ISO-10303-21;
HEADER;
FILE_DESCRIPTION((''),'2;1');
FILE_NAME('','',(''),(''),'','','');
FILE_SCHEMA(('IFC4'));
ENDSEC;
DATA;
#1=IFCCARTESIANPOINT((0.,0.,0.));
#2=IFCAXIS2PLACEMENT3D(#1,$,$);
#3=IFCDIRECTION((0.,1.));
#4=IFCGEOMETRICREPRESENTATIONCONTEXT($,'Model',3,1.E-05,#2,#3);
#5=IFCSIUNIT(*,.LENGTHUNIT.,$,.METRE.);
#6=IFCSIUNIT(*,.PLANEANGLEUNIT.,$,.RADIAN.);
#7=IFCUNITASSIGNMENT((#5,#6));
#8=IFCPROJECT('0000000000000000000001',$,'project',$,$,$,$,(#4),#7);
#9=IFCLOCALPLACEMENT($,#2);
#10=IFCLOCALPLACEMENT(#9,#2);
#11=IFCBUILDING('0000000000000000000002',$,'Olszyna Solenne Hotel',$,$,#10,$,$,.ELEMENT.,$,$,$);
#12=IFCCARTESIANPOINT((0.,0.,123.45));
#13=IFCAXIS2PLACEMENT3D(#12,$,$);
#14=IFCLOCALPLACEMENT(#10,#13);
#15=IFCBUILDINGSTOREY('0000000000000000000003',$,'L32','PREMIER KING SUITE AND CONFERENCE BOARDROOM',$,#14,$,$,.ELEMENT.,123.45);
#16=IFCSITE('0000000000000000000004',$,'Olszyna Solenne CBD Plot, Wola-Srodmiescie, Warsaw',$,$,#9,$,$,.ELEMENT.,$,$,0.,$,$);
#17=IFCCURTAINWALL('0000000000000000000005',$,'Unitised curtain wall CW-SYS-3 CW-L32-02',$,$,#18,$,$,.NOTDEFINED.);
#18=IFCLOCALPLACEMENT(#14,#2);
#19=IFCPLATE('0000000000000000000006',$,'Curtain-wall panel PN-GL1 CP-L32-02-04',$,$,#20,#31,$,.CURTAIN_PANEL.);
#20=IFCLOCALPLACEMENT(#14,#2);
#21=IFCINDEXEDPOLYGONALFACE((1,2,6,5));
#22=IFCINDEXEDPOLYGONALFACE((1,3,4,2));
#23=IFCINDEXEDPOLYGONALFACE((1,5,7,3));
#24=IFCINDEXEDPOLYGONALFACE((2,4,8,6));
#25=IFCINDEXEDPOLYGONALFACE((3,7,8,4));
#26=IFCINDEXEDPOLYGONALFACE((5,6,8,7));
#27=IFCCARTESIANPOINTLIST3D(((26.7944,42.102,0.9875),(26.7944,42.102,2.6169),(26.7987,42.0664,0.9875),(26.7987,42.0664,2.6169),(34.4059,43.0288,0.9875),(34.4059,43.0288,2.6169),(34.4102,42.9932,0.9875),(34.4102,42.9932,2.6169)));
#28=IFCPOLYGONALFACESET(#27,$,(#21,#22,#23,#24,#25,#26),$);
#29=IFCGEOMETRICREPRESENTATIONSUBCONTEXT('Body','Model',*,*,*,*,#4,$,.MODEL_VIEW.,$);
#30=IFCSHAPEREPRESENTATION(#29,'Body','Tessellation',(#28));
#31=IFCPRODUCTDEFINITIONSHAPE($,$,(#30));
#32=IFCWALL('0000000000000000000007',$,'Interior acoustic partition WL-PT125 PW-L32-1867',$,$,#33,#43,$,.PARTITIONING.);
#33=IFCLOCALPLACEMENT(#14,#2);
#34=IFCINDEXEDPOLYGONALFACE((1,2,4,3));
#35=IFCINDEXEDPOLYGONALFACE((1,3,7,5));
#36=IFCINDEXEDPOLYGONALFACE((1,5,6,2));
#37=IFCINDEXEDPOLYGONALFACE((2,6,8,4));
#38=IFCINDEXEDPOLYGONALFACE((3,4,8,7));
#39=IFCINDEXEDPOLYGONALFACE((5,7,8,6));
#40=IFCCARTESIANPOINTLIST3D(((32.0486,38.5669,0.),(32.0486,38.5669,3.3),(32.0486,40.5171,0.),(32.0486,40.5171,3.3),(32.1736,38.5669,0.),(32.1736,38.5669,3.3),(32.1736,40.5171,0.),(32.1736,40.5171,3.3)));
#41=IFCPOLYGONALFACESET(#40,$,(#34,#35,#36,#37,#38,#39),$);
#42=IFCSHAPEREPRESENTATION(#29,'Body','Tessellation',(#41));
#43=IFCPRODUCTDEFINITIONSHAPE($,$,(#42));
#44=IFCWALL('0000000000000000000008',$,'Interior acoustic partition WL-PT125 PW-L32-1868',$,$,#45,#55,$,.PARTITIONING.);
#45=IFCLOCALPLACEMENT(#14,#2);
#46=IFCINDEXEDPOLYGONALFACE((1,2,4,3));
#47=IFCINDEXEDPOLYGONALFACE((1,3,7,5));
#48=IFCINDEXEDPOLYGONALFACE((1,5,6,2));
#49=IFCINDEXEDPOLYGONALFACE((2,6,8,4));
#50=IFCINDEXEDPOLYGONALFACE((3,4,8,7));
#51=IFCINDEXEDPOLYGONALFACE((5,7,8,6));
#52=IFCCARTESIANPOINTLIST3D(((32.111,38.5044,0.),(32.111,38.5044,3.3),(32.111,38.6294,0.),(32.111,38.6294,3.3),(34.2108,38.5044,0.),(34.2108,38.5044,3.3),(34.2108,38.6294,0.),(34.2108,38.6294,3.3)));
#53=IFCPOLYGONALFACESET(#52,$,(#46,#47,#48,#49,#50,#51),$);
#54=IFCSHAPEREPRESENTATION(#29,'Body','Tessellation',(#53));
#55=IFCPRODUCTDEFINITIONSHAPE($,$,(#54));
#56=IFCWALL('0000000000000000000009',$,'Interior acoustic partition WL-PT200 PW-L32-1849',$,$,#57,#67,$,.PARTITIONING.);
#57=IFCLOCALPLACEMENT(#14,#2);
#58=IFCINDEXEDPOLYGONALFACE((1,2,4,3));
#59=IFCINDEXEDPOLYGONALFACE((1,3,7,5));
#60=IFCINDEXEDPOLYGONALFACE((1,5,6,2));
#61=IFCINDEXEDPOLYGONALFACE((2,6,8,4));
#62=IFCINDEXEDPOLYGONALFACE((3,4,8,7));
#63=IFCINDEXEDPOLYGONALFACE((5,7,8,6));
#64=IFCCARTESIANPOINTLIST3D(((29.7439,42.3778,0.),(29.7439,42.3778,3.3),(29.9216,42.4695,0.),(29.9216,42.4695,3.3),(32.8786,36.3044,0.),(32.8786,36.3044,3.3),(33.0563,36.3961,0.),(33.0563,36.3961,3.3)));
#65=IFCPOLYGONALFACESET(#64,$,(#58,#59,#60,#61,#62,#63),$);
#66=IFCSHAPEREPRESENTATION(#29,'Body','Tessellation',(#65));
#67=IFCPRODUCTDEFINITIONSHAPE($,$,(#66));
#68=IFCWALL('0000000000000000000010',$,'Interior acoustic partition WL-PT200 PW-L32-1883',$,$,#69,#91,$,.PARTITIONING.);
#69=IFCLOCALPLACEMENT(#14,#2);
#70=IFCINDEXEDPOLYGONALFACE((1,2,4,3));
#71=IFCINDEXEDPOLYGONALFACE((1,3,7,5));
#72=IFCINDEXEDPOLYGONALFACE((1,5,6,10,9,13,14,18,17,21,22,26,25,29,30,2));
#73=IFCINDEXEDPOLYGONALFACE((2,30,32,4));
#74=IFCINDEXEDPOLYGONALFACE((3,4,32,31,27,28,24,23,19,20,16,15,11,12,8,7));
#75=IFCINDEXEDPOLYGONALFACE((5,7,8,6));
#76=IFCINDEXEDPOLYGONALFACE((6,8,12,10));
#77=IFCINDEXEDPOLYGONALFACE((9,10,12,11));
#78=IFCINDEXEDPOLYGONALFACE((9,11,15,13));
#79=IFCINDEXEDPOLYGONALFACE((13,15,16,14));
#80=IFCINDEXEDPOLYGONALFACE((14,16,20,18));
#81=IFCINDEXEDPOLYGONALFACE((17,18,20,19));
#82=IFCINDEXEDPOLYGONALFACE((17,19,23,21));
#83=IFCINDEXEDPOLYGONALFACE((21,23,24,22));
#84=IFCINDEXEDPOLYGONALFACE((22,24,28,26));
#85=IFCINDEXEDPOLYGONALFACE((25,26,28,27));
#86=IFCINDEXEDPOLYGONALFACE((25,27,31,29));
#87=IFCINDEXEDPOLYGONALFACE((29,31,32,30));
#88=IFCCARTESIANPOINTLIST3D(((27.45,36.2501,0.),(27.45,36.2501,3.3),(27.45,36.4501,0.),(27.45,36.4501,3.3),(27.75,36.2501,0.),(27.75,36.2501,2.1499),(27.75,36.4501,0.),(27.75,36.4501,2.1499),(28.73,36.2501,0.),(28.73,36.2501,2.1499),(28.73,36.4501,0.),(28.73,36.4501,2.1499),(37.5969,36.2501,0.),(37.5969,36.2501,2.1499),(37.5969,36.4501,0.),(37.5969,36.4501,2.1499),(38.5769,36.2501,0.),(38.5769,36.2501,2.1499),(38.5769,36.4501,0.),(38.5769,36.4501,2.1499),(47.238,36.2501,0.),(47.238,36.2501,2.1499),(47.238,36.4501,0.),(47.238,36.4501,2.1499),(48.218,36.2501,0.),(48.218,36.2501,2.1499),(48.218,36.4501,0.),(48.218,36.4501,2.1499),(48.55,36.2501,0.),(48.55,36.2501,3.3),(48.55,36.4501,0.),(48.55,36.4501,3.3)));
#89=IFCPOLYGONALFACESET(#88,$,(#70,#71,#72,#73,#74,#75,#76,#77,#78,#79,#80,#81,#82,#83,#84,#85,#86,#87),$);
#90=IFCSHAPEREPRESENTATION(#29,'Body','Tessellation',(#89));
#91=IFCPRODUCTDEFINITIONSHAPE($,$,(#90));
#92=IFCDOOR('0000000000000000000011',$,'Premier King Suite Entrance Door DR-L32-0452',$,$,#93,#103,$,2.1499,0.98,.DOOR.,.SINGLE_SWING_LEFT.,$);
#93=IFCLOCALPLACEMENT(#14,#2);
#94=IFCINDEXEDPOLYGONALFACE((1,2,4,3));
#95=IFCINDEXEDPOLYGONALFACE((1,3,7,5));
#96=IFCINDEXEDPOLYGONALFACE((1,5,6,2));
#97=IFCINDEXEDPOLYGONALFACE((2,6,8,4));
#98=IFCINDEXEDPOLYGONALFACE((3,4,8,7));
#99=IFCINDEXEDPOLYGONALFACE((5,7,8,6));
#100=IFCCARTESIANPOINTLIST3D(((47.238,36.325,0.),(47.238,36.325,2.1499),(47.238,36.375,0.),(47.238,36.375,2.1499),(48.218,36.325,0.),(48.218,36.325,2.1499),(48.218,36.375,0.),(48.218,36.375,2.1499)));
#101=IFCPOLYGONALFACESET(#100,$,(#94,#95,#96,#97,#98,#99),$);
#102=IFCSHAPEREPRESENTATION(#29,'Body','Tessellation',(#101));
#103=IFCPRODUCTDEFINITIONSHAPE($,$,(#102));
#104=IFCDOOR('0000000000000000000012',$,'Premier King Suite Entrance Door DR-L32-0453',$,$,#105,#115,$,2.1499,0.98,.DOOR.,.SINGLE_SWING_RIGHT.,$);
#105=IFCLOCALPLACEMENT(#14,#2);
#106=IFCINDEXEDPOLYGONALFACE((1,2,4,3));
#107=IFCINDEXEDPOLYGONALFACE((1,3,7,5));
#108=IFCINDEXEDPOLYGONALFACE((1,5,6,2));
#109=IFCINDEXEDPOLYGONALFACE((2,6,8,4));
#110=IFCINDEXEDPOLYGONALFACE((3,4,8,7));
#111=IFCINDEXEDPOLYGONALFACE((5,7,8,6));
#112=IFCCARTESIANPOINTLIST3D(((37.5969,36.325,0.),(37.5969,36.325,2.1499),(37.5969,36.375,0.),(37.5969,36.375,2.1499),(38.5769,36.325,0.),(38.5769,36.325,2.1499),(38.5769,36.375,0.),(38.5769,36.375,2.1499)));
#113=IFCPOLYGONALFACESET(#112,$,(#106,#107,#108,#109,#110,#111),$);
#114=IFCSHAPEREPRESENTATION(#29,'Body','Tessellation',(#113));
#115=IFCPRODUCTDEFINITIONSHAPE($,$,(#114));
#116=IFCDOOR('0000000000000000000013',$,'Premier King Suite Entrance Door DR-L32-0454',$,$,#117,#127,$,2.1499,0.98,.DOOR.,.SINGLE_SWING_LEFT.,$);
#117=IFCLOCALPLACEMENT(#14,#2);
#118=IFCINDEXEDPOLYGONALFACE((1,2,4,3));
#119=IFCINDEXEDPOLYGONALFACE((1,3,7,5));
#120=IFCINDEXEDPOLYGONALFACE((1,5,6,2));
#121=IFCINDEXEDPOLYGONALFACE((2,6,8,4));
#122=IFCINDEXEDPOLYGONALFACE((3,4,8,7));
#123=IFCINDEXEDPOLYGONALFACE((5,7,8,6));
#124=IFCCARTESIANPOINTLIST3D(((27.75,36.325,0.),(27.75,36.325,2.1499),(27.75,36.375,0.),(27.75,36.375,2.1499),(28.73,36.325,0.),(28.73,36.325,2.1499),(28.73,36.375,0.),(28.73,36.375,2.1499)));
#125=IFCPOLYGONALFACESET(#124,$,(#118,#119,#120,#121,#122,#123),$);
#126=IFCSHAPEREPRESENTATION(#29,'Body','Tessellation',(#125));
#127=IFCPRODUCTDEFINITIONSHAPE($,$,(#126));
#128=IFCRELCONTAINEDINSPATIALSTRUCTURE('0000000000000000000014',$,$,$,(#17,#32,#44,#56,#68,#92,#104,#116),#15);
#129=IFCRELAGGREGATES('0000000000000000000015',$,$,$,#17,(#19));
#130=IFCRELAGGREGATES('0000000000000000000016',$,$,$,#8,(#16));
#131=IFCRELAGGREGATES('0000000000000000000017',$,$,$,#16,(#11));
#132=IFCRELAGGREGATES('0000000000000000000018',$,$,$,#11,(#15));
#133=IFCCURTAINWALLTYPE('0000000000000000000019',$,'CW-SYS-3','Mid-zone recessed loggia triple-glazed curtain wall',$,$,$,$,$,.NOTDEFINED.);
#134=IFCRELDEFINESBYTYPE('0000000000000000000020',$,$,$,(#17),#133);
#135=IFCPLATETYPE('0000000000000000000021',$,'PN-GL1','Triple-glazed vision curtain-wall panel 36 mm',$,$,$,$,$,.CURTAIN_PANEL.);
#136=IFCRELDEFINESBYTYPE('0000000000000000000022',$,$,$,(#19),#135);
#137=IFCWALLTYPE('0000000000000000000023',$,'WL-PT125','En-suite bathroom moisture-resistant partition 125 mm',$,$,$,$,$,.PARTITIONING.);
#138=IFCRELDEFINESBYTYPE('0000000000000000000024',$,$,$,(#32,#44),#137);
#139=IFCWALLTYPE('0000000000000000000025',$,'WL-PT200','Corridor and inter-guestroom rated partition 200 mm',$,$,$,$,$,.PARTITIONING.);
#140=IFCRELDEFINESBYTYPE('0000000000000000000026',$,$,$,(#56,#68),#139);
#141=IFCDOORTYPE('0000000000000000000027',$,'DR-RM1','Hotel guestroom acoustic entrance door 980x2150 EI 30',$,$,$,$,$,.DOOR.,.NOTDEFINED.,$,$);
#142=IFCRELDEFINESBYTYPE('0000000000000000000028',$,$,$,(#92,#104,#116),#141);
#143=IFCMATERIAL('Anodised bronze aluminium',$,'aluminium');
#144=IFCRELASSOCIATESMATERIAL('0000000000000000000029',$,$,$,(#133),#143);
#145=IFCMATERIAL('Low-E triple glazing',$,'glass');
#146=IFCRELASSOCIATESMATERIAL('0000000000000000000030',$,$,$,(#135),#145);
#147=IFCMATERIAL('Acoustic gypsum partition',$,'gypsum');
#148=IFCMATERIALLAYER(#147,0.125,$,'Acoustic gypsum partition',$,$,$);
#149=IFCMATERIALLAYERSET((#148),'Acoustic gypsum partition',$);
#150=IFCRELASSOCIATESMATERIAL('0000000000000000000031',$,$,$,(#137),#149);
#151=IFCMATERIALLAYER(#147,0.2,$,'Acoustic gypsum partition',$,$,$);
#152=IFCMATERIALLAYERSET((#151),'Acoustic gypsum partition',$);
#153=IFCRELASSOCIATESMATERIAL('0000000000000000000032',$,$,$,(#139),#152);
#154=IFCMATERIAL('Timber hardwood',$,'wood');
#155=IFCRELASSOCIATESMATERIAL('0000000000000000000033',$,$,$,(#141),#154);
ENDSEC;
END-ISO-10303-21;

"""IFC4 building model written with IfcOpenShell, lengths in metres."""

from ifc_helpers import new_model, si_unit, direction, frame, frame_2d, origin, origin_2d, place, context, subcontext, project, spatial, rectangle, extrude, source, transform, mapped, material, layer, layer_set, type_object, type_shapes, element, fill, aggregate, save


model = new_model("IFC4")

# Units and contexts
model_context = context("Model", 3, precision=1e-05, world=origin(), true_north=direction((0.0, 1.0)))
body_context = subcontext(model_context, "Body", "Model", "MODEL_VIEW")
ifc_project = project(units=[si_unit("LENGTHUNIT", "METRE"), si_unit("PLANEANGLEUNIT", "RADIAN")], contexts=[model_context])

# Site, building, storey
site_placement = place(None, origin())
site = spatial("IfcSite", under=ifc_project, at=site_placement, Name="Olszyna Solenne CBD Plot, Wola-Srodmiescie, Warsaw", CompositionType="ELEMENT", RefElevation=0.0)
building_placement = place(site_placement, origin())
building = spatial("IfcBuilding", under=site, at=building_placement, Name="Olszyna Solenne Hotel", CompositionType="ELEMENT")
storey_placement = place(building_placement, frame((0.0, 0.0, 123.45)))
storey = spatial("IfcBuildingStorey", under=building, at=storey_placement, Name="L32", Description="PREMIER KING SUITE AND CONFERENCE BOARDROOM", CompositionType="ELEMENT", Elevation=123.45)

# Curtain wall, plate
ifc_material_1 = material(Name="Anodised bronze aluminium", Category="aluminium")
curtain_wall_type = type_object("IfcCurtainWallType", Name="CW-SYS-3", Description="Mid-zone recessed loggia triple-glazed curtain wall", PredefinedType="NOTDEFINED", material=ifc_material_1)
curtain_wall_placement = place(storey_placement, origin())
curtain_wall = element("IfcCurtainWall", 1, at=curtain_wall_placement, inside=storey, type_object=curtain_wall_type, Name="Unitised curtain wall CW-SYS-3 CW-L32-02", PredefinedType="NOTDEFINED")
ifc_material_2 = material(Name="Low-E triple glazing", Category="glass")
plate_type_1 = type_object("IfcPlateType", Name="PN-GL1", Description="Triple-glazed vision curtain-wall panel 36 mm", PredefinedType="CURTAIN_PANEL", material=ifc_material_2)
shared_shape_1 = source(origin(), body_context, "Body", "SweptSolid", [
    extrude(rectangle(XDim=7.6677, YDim=0.0359, at=origin_2d()), origin(), (0.0, 0.0, 1.0), 1.6294),
])
plate_1_placement = place(storey_placement, frame((30.6023, 42.5476, 0.9875), z_axis=(0.0, 0.0, 1.0), x_axis=(0.992667, 0.120877, 0.0)))
plate_1 = element("IfcPlate", 2, at=plate_1_placement, type_object=plate_type_1, Name="Curtain-wall panel PN-GL1 CP-L32-02-04", PredefinedType="CURTAIN_PANEL", context=body_context, shape_type="MappedRepresentation", body=[
    mapped(shared_shape_1, transform((0.0, 0.0, 0.0), x_axis=(1.0, 0.0, 0.0), y_axis=(0.0, 1.0, 0.0), z_axis=(0.0, 0.0, 1.0), scale=1.0)),
])
aggregate(curtain_wall, [plate_1])

# Walls
ifc_material_3 = material(Name="Acoustic gypsum partition", Category="gypsum")
ifc_layer_1 = layer(ifc_material_3, 0.125, Name="Acoustic gypsum partition")
ifc_layer_set_1 = layer_set([ifc_layer_1], Name="Acoustic gypsum partition")
wall_type_1 = type_object("IfcWallType", Name="WL-PT125", Description="En-suite bathroom moisture-resistant partition 125 mm", PredefinedType="PARTITIONING", material=ifc_layer_set_1)
wall_1_placement = place(storey_placement, frame((32.1111, 40.5171, 0.0), z_axis=(0.0, 0.0, 1.0), x_axis=(0.0, -1.0, 0.0)))
element("IfcWall", 3, at=wall_1_placement, inside=storey, type_object=wall_type_1, Name="Interior acoustic partition WL-PT125 PW-L32-1867", PredefinedType="PARTITIONING", context=body_context, shape_type="SweptSolid", body=[
    extrude(rectangle(XDim=1.9502, YDim=0.125, at=frame_2d((0.9751, 0.0))), origin(), (0.0, 0.0, 1.0), 3.3),
])
wall_2_placement = place(storey_placement, frame((32.1111, 38.5669, 0.0), z_axis=(0.0, 0.0, 1.0), x_axis=(1.0, 0.0, 0.0)))
element("IfcWall", 4, at=wall_2_placement, inside=storey, type_object=wall_type_1, Name="Interior acoustic partition WL-PT125 PW-L32-1868", PredefinedType="PARTITIONING", context=body_context, shape_type="SweptSolid", body=[
    extrude(rectangle(XDim=2.0999, YDim=0.125, at=frame_2d((1.0498, 0.0))), origin(), (0.0, 0.0, 1.0), 3.3),
])
ifc_layer_2 = layer(ifc_material_3, 0.2, Name="Acoustic gypsum partition")
ifc_layer_set_2 = layer_set([ifc_layer_2], Name="Acoustic gypsum partition")
wall_type_2 = type_object("IfcWallType", Name="WL-PT200", Description="Corridor and inter-guestroom rated partition 200 mm", PredefinedType="PARTITIONING", material=ifc_layer_set_2)
wall_3_placement = place(storey_placement, frame((32.9675, 36.3501, 0.0), z_axis=(0.0, 0.0, 1.0), x_axis=(-0.45865, 0.888617, 0.0)))
element("IfcWall", 5, at=wall_3_placement, inside=storey, type_object=wall_type_2, Name="Interior acoustic partition WL-PT200 PW-L32-1849", PredefinedType="PARTITIONING", context=body_context, shape_type="SweptSolid", body=[
    extrude(rectangle(XDim=6.8347, YDim=0.2, at=frame_2d((3.4175, 0.0))), origin(), (0.0, 0.0, 1.0), 3.3),
])

# Wall, openings, doors
wall_4_placement = place(storey_placement, frame((27.45, 36.3501, 0.0), z_axis=(0.0, 0.0, 1.0), x_axis=(1.0, 0.0, 0.0)))
wall_4 = element("IfcWall", 6, at=wall_4_placement, inside=storey, type_object=wall_type_2, Name="Interior acoustic partition WL-PT200 PW-L32-1883", PredefinedType="PARTITIONING", context=body_context, shape_type="SweptSolid", body=[
    extrude(rectangle(XDim=21.1001, YDim=0.2, at=frame_2d((10.55, 0.0))), origin(), (0.0, 0.0, 1.0), 3.3),
])
opening_1_placement = place(wall_4_placement, frame((19.7881, 0.0, 0.0)))
opening_1 = element("IfcOpeningElement", 7, at=opening_1_placement, cuts=wall_4, PredefinedType="OPENING", context=body_context, shape_type="SweptSolid", body=[
    extrude(rectangle(XDim=0.98, YDim=2.1499, at=frame_2d((0.49, 1.075))), frame((0.0, 0.1099, 0.0), z_axis=(0.0, -1.0, 0.0), x_axis=(1.0, 0.0, 0.0)), (0.0, 0.0, 1.0), 0.22),
])
opening_2_placement = place(wall_4_placement, frame((10.147, 0.0, 0.0)))
opening_2 = element("IfcOpeningElement", 8, at=opening_2_placement, cuts=wall_4, PredefinedType="OPENING", context=body_context, shape_type="SweptSolid", body=[
    extrude(rectangle(XDim=0.98, YDim=2.1499, at=frame_2d((0.49, 1.075))), frame((0.0, 0.1099, 0.0), z_axis=(0.0, -1.0, 0.0), x_axis=(1.0, 0.0, 0.0)), (0.0, 0.0, 1.0), 0.22),
])
opening_3_placement = place(wall_4_placement, frame((0.3, 0.0, 0.0)))
opening_3 = element("IfcOpeningElement", 9, at=opening_3_placement, cuts=wall_4, PredefinedType="OPENING", context=body_context, shape_type="SweptSolid", body=[
    extrude(rectangle(XDim=0.98, YDim=2.1499, at=frame_2d((0.49, 1.075))), frame((0.0, 0.1099, 0.0), z_axis=(0.0, -1.0, 0.0), x_axis=(1.0, 0.0, 0.0)), (0.0, 0.0, 1.0), 0.22),
])
ifc_material_4 = material(Name="Timber hardwood", Category="wood")
door_type = type_object("IfcDoorType", Name="DR-RM1", Description="Hotel guestroom acoustic entrance door 980x2150 EI 30", OperationType="NOTDEFINED", PredefinedType="DOOR", material=ifc_material_4)
shared_shape_2 = source(origin(), body_context, "Body", "SweptSolid", [
    extrude(rectangle(XDim=0.98, YDim=2.1499, at=frame_2d((0.49, 1.075))), frame((0.0, 0.0249, 0.0), z_axis=(0.0, -1.0, 0.0), x_axis=(1.0, 0.0, 0.0)), (0.0, 0.0, 1.0), 0.05),
])
type_shapes(door_type, [shared_shape_2])
door_1_placement = place(opening_1_placement, origin())
door_1 = element("IfcDoor", 10, at=door_1_placement, inside=storey, type_object=door_type, Name="Premier King Suite Entrance Door DR-L32-0452", OperationType="SINGLE_SWING_LEFT", OverallHeight=2.1499, OverallWidth=0.98, PredefinedType="DOOR", context=body_context, shape_type="MappedRepresentation", body=[
    mapped(shared_shape_2, transform((0.0, 0.0, 0.0), x_axis=(1.0, 0.0, 0.0), y_axis=(0.0, 1.0, 0.0), z_axis=(0.0, 0.0, 1.0), scale=1.0)),
])
fill(opening_1, door_1)
door_2_placement = place(opening_2_placement, origin())
door_2 = element("IfcDoor", 11, at=door_2_placement, inside=storey, type_object=door_type, Name="Premier King Suite Entrance Door DR-L32-0453", OperationType="SINGLE_SWING_RIGHT", OverallHeight=2.1499, OverallWidth=0.98, PredefinedType="DOOR", context=body_context, shape_type="MappedRepresentation", body=[
    mapped(shared_shape_2, transform((0.0, 0.0, 0.0), x_axis=(1.0, 0.0, 0.0), y_axis=(0.0, 1.0, 0.0), z_axis=(0.0, 0.0, 1.0), scale=1.0)),
])
fill(opening_2, door_2)
door_3_placement = place(opening_3_placement, origin())
door_3 = element("IfcDoor", 12, at=door_3_placement, inside=storey, type_object=door_type, Name="Premier King Suite Entrance Door DR-L32-0454", OperationType="SINGLE_SWING_LEFT", OverallHeight=2.1499, OverallWidth=0.98, PredefinedType="DOOR", context=body_context, shape_type="MappedRepresentation", body=[
    mapped(shared_shape_2, transform((0.0, 0.0, 0.0), x_axis=(1.0, 0.0, 0.0), y_axis=(0.0, 1.0, 0.0), z_axis=(0.0, 0.0, 1.0), scale=1.0)),
])
fill(opening_3, door_3)

save(model, "model.ifc")
